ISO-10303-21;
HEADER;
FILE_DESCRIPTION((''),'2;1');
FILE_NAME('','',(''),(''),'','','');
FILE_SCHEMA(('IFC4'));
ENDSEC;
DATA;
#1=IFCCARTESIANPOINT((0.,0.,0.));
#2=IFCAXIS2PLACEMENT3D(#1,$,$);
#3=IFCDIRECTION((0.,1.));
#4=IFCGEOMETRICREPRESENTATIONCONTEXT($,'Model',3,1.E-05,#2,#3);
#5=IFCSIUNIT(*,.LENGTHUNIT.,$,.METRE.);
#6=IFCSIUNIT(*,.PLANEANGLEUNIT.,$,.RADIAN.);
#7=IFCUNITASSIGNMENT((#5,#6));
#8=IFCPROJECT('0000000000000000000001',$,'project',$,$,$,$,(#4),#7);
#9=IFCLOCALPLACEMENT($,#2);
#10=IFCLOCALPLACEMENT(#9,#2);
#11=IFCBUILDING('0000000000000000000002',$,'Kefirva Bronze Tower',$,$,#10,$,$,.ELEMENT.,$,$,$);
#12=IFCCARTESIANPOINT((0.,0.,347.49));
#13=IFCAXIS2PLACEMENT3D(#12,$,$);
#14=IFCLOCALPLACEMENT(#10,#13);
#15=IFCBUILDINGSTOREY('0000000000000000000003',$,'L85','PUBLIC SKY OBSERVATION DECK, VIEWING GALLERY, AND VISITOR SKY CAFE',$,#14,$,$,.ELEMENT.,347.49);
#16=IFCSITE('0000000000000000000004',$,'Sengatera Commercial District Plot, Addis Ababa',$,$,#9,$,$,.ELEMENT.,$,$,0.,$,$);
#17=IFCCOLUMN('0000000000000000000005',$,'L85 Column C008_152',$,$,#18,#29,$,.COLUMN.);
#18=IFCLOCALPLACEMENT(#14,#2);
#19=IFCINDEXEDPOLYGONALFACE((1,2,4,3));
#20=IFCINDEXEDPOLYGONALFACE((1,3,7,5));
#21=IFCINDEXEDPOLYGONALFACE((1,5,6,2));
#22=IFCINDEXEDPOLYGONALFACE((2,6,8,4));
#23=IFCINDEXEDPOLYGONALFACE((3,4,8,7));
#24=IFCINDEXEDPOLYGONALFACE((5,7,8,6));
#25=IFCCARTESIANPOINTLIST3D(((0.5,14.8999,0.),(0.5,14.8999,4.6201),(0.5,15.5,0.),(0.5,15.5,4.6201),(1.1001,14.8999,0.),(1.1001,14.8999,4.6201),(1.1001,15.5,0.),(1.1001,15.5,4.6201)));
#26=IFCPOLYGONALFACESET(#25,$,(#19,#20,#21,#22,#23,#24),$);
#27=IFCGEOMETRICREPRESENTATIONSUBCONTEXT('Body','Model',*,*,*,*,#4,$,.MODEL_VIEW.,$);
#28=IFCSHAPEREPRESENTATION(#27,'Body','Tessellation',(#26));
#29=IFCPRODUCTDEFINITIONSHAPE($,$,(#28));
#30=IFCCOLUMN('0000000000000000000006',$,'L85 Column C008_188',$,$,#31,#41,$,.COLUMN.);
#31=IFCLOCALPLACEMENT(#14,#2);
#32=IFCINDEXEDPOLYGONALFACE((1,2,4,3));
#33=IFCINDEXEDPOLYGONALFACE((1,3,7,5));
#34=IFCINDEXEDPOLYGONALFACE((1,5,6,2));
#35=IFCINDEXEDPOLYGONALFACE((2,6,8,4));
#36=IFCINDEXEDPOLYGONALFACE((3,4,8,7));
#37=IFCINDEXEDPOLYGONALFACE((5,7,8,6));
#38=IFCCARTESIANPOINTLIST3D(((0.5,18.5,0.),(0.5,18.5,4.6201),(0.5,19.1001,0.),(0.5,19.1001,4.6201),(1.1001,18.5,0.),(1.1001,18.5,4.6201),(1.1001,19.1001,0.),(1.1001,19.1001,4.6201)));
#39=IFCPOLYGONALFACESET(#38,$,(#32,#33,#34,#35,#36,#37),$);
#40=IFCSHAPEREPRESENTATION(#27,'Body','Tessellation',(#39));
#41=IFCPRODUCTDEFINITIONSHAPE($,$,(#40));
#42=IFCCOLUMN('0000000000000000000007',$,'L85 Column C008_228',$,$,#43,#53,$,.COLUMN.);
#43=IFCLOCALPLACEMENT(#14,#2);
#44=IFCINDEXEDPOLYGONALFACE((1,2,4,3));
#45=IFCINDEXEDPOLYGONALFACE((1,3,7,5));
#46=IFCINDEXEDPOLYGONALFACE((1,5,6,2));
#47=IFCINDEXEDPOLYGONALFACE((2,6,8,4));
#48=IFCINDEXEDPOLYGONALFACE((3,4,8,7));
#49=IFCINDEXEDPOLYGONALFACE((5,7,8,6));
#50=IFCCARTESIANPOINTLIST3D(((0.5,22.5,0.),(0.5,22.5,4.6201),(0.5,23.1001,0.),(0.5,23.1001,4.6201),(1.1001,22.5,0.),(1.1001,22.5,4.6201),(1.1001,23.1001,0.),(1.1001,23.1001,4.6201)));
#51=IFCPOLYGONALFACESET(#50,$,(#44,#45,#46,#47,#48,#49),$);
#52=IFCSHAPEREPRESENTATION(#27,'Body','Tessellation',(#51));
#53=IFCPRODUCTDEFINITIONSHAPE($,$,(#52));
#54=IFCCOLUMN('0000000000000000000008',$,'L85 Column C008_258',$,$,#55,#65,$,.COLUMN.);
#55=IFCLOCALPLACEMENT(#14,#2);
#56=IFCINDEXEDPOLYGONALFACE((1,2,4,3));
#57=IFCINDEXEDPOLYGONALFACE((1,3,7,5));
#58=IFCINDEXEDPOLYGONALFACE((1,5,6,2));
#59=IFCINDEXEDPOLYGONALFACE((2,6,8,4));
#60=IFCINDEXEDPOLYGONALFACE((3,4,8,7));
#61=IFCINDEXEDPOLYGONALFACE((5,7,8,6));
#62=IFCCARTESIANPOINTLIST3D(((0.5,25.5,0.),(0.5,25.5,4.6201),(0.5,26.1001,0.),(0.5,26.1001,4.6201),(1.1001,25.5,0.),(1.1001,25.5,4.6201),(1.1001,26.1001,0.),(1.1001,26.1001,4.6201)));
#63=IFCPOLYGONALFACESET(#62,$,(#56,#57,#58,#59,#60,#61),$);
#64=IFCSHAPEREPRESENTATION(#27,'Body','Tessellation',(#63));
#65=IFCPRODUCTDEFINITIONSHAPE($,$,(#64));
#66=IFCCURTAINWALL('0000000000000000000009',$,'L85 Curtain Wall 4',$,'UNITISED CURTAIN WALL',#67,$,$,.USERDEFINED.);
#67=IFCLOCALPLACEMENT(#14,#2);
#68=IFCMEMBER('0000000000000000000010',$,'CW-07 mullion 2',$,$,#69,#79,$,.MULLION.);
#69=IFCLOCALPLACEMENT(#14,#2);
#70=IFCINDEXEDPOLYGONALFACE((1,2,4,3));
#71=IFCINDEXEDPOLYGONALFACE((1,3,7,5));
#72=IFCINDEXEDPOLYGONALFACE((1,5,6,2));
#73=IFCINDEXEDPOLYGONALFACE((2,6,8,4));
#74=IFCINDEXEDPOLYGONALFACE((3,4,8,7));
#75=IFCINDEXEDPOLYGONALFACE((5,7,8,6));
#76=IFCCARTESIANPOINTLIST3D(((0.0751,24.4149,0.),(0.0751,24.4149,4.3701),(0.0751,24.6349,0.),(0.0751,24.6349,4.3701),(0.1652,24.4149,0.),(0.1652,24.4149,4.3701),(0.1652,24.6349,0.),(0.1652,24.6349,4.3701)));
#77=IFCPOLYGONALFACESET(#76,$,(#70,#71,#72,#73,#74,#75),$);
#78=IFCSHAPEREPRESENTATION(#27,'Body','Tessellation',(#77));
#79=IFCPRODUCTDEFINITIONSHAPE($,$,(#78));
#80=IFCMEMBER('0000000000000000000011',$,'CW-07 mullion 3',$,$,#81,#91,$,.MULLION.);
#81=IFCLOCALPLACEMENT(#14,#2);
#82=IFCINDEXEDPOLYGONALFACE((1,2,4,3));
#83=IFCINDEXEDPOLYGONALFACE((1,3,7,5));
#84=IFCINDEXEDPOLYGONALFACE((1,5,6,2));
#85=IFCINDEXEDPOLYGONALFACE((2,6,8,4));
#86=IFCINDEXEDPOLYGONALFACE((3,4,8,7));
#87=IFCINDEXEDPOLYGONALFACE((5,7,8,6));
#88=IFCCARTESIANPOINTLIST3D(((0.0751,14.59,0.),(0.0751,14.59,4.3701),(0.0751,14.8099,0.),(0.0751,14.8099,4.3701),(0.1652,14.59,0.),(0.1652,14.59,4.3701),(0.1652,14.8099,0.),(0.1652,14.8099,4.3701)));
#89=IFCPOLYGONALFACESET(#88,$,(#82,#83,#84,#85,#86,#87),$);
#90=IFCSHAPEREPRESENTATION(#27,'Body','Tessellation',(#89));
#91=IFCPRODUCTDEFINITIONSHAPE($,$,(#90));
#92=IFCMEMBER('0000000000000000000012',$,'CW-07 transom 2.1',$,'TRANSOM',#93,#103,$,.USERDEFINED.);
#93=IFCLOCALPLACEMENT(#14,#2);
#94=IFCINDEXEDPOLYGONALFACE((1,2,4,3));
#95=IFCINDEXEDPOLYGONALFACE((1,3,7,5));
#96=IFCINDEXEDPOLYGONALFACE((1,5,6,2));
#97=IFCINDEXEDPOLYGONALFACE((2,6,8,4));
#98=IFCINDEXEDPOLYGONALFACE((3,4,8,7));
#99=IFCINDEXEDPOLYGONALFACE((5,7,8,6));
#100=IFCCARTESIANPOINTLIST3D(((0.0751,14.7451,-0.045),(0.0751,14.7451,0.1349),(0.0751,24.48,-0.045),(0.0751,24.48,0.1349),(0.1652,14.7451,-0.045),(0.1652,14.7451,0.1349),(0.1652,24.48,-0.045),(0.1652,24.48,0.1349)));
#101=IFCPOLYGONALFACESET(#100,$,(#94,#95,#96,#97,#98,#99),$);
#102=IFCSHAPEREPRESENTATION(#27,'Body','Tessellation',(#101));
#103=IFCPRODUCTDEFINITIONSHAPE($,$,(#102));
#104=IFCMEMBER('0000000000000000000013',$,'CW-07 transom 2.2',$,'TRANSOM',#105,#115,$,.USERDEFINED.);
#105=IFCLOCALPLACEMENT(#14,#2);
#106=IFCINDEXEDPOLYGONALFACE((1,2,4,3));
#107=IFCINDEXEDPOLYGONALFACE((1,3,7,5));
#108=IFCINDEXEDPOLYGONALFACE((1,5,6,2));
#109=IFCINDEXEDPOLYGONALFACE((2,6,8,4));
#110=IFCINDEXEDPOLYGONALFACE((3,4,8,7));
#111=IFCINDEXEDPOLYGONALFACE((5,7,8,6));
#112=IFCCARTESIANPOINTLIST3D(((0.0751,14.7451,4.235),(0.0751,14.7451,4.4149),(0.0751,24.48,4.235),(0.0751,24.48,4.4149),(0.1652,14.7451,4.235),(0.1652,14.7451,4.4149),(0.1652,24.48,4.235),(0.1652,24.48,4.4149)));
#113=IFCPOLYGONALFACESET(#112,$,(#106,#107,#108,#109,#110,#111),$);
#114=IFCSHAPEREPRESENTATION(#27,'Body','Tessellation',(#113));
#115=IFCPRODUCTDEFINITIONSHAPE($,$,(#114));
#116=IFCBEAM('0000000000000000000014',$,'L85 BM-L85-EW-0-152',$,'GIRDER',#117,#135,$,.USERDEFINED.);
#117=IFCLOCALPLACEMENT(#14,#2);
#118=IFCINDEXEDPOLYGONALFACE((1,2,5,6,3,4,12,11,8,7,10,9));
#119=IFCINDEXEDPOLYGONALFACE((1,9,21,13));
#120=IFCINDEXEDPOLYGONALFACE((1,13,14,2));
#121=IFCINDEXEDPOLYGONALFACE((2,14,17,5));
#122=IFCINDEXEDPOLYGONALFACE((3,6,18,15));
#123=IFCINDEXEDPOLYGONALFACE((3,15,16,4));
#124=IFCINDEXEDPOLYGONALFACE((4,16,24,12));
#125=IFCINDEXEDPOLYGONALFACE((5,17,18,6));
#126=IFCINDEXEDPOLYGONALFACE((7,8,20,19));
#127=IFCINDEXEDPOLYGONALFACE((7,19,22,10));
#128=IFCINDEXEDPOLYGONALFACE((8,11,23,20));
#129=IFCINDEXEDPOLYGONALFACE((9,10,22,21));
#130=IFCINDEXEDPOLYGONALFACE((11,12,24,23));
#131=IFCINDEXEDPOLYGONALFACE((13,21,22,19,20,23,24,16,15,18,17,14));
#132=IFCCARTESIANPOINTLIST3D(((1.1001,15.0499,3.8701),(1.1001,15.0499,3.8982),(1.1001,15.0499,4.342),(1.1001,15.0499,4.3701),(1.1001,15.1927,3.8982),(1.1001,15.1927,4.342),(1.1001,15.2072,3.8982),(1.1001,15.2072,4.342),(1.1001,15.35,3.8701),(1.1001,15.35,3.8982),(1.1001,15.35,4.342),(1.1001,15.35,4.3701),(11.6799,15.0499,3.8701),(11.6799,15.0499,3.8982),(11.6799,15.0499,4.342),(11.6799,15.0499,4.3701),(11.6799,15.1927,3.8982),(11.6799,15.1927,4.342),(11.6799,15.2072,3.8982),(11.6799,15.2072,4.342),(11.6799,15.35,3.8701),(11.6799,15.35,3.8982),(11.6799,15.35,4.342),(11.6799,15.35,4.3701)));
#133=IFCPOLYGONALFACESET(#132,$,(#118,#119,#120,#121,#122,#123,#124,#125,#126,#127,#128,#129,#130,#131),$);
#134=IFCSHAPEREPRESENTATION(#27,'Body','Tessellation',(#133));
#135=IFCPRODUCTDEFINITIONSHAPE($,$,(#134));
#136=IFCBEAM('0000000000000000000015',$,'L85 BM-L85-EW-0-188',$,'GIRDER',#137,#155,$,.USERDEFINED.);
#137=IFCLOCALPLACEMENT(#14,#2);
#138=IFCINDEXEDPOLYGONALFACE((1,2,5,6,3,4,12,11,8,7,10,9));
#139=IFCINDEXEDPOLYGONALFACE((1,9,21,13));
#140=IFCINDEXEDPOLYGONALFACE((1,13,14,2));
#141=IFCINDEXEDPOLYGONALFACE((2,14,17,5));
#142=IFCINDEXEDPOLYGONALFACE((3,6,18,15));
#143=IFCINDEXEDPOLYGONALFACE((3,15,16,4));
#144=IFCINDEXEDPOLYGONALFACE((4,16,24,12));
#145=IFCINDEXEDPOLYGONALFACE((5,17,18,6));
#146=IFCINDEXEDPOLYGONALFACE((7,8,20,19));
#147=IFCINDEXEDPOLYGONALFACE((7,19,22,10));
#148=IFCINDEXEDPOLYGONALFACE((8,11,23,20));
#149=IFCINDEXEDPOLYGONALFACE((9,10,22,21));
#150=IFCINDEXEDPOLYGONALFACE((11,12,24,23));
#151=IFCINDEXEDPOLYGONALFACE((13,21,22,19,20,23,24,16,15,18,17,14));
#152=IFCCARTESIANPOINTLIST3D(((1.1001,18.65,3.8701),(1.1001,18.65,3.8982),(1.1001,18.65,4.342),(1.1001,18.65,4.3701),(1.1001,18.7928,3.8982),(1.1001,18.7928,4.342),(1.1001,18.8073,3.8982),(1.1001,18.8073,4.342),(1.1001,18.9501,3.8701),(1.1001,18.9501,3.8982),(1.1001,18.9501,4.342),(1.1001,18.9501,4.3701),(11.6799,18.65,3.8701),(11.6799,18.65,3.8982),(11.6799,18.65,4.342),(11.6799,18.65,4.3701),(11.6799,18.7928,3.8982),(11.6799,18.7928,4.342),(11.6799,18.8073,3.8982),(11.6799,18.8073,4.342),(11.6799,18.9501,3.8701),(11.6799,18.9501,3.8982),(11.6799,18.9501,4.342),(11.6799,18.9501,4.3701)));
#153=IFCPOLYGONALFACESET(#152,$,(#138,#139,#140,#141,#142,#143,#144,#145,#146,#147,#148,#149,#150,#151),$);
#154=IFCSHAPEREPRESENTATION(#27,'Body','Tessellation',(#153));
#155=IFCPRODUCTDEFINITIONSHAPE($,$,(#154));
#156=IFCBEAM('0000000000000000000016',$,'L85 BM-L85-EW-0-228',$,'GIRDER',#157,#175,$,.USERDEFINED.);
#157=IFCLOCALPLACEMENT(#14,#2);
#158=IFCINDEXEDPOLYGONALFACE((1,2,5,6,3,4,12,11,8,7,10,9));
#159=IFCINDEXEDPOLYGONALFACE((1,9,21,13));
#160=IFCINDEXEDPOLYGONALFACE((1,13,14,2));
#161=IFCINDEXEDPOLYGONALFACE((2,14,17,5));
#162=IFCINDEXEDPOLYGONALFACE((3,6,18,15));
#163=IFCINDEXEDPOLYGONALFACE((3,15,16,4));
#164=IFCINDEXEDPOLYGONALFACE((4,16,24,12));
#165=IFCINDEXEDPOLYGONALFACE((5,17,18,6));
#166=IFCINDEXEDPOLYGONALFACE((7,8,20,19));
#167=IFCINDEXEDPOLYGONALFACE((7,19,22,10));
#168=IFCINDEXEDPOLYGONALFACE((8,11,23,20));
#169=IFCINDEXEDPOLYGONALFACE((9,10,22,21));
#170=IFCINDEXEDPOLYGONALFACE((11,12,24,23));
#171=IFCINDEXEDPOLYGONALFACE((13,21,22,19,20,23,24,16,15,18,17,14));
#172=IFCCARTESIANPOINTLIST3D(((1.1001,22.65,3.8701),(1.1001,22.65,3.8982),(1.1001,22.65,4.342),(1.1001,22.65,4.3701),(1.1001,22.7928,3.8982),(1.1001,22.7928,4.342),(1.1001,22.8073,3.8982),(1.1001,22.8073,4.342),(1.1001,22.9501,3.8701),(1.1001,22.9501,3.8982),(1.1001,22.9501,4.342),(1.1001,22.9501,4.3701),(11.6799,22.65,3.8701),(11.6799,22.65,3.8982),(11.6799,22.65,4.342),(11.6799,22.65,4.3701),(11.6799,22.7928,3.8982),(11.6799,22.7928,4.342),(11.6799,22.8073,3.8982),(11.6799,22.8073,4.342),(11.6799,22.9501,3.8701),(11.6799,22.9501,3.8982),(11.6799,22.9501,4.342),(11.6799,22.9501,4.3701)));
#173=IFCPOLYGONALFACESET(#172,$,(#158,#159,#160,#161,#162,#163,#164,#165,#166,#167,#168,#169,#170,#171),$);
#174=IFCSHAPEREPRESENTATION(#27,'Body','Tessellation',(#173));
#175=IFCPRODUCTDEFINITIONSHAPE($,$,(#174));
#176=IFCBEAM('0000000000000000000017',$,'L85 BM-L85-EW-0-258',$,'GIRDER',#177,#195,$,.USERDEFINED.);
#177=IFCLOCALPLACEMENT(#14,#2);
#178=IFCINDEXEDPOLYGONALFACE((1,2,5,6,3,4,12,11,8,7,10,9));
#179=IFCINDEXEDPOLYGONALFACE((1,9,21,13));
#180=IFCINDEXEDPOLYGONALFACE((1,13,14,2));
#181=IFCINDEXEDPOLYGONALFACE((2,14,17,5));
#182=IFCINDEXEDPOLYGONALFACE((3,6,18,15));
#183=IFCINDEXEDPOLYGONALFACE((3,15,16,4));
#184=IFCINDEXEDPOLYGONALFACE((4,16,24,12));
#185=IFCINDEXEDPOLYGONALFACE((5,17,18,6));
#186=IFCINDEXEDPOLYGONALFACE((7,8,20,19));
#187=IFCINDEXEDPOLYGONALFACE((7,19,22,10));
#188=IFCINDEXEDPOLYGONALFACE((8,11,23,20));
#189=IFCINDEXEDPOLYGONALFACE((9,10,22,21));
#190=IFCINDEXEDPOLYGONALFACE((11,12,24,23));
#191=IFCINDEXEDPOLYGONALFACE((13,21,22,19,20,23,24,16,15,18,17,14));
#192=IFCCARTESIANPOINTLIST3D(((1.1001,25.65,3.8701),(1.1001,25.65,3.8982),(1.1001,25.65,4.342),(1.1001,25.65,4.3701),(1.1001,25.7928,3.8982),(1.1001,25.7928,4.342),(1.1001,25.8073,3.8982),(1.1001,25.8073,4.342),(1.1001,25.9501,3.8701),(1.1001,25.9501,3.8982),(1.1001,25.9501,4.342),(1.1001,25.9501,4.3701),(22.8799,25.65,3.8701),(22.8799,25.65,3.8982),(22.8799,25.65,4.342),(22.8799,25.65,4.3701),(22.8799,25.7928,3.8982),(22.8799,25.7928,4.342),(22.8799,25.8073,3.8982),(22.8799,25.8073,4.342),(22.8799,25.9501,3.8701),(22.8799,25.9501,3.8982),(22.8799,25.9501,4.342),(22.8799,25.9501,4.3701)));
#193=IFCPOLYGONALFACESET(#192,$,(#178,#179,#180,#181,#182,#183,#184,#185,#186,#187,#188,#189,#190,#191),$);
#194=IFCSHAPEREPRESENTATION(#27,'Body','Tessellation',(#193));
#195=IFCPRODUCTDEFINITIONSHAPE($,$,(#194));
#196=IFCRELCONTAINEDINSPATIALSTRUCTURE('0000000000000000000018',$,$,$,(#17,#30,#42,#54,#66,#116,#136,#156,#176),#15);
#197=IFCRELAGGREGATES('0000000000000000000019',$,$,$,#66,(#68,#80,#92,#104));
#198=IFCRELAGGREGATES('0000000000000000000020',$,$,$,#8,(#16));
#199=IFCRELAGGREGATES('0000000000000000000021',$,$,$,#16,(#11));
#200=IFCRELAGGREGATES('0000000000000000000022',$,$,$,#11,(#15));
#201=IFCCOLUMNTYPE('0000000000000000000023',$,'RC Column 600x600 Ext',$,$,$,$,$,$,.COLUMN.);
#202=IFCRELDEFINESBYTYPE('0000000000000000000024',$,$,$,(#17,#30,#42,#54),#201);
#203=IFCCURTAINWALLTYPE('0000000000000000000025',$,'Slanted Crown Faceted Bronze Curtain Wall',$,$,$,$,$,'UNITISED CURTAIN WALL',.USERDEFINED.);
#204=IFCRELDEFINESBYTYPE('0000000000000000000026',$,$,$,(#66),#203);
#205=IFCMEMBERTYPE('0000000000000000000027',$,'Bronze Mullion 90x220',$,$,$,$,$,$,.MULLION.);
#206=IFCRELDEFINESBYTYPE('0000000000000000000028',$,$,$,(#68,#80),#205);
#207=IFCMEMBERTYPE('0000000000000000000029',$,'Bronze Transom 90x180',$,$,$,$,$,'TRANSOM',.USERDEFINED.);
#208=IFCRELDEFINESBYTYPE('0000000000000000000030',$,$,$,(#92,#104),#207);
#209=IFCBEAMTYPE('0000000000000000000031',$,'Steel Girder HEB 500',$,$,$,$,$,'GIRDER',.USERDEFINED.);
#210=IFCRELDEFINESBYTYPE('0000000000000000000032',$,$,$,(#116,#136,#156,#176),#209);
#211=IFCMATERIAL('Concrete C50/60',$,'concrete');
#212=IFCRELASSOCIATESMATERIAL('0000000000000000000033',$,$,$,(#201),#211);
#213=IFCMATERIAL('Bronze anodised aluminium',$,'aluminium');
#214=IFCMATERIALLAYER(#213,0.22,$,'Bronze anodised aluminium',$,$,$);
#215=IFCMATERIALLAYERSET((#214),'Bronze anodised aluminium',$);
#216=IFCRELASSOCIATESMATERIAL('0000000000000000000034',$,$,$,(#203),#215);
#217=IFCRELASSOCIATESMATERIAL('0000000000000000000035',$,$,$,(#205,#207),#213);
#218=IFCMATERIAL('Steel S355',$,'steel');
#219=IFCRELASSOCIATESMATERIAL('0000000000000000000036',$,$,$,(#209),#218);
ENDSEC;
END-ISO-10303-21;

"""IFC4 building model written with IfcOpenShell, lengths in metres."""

from ifc_helpers import new_model, si_unit, direction, frame, origin, origin_2d, place, context, subcontext, project, spatial, rectangle, i_section, extrude, material, layer, layer_set, material_profile, profile_set, type_object, element, aggregate, save


model = new_model("IFC4")

# Units and contexts
model_context = context("Model", 3, precision=1e-05, world=origin(), true_north=direction((0.0, 1.0)))
body_context = subcontext(model_context, "Body", "Model", "MODEL_VIEW")
ifc_project = project(units=[si_unit("LENGTHUNIT", "METRE"), si_unit("PLANEANGLEUNIT", "RADIAN")], contexts=[model_context])

# Site, building, storey
site_placement = place(None, origin())
site = spatial("IfcSite", under=ifc_project, at=site_placement, Name="Sengatera Commercial District Plot, Addis Ababa", CompositionType="ELEMENT", RefElevation=0.0)
building_placement = place(site_placement, origin())
building = spatial("IfcBuilding", under=site, at=building_placement, Name="Kefirva Bronze Tower", CompositionType="ELEMENT")
storey_placement = place(building_placement, frame((0.0, 0.0, 347.49)))
storey = spatial("IfcBuildingStorey", under=building, at=storey_placement, Name="L85", Description="PUBLIC SKY OBSERVATION DECK, VIEWING GALLERY, AND VISITOR SKY CAFE", CompositionType="ELEMENT", Elevation=347.49)

# Columns
ifc_material_1 = material(Name="Concrete C50/60", Category="concrete")
ifc_material_profile_1 = material_profile(ifc_material_1, rectangle(XDim=0.6001, YDim=0.6001, at=origin_2d()), Name="RC 600x600")
ifc_profile_set_1 = profile_set([ifc_material_profile_1], Name="Concrete C50/60")
column_type = type_object("IfcColumnType", Name="RC Column 600x600 Ext", PredefinedType="COLUMN", material=ifc_profile_set_1)
for number, where, z_axis, x_axis, name in (
    (1, (0.8, 15.2, 0.0), (0.0, 0.0, 1.0), (1.0, 0.0, 0.0), "L85 Column C008_152"),
    (2, (0.8, 18.8, 0.0), (0.0, 0.0, 1.0), (1.0, 0.0, 0.0), "L85 Column C008_188"),
    (3, (0.8, 22.8, 0.0), (0.0, 0.0, 1.0), (1.0, 0.0, 0.0), "L85 Column C008_228"),
    (4, (0.8, 25.8, 0.0), (0.0, 0.0, 1.0), (1.0, 0.0, 0.0), "L85 Column C008_258"),
):
    element("IfcColumn", number, at=place(storey_placement, frame(where, z_axis=z_axis, x_axis=x_axis)), inside=storey, type_object=column_type, Name=name, PredefinedType="COLUMN", context=body_context, shape_type="SweptSolid", body=[
        extrude(rectangle(XDim=0.6001, YDim=0.6001, at=origin_2d()), origin(), (0.0, 0.0, 1.0), 4.6201),
    ])

# Curtain wall, members
ifc_material_2 = material(Name="Bronze anodised aluminium", Category="aluminium")
ifc_layer_1 = layer(ifc_material_2, 0.22, Name="Bronze anodised aluminium")
ifc_layer_set_1 = layer_set([ifc_layer_1], Name="Bronze anodised aluminium")
curtain_wall_type = type_object("IfcCurtainWallType", Name="Slanted Crown Faceted Bronze Curtain Wall", ElementType="UNITISED CURTAIN WALL", PredefinedType="USERDEFINED", material=ifc_layer_set_1)
curtain_wall_placement = place(storey_placement, origin())
curtain_wall = element("IfcCurtainWall", 5, at=curtain_wall_placement, inside=storey, type_object=curtain_wall_type, Name="L85 Curtain Wall 4", ObjectType="UNITISED CURTAIN WALL", PredefinedType="USERDEFINED")
ifc_material_profile_2 = material_profile(ifc_material_2, rectangle(XDim=0.0901, YDim=0.22, at=origin_2d()), Name="ALU 90x220")
ifc_profile_set_2 = profile_set([ifc_material_profile_2], Name="Bronze anodised aluminium")
member_type_1 = type_object("IfcMemberType", Name="Bronze Mullion 90x220", PredefinedType="MULLION", material=ifc_profile_set_2)
member_1_placement = place(storey_placement, frame((0.1201, 24.5249, 0.0), z_axis=(0.0, 0.0, 1.0), x_axis=(1.0, 0.0, 0.0)))
member_1 = element("IfcMember", 6, at=member_1_placement, type_object=member_type_1, Name="CW-07 mullion 2", PredefinedType="MULLION", context=body_context, shape_type="SweptSolid", body=[
    extrude(rectangle(XDim=0.0901, YDim=0.22, at=origin_2d()), origin(), (0.0, 0.0, 1.0), 4.3701),
])
member_2_placement = place(storey_placement, frame((0.1201, 14.7, 0.0), z_axis=(0.0, 0.0, 1.0), x_axis=(1.0, 0.0, 0.0)))
member_2 = element("IfcMember", 7, at=member_2_placement, type_object=member_type_1, Name="CW-07 mullion 3", PredefinedType="MULLION", context=body_context, shape_type="SweptSolid", body=[
    extrude(rectangle(XDim=0.0901, YDim=0.22, at=origin_2d()), origin(), (0.0, 0.0, 1.0), 4.3701),
])
ifc_material_profile_3 = material_profile(ifc_material_2, rectangle(XDim=0.0901, YDim=0.1799, at=origin_2d()), Name="ALU 90x180")
ifc_profile_set_3 = profile_set([ifc_material_profile_3], Name="Bronze anodised aluminium")
member_type_2 = type_object("IfcMemberType", Name="Bronze Transom 90x180", ElementType="TRANSOM", PredefinedType="USERDEFINED", material=ifc_profile_set_3)
member_3_placement = place(storey_placement, frame((0.1201, 24.48, 0.0449), z_axis=(0.0, -1.0, 0.0), x_axis=(1.0, 0.0, 0.0)))
member_3 = element("IfcMember", 8, at=member_3_placement, type_object=member_type_2, Name="CW-07 transom 2.1", ObjectType="TRANSOM", PredefinedType="USERDEFINED", context=body_context, shape_type="SweptSolid", body=[
    extrude(rectangle(XDim=0.0901, YDim=0.1799, at=origin_2d()), origin(), (0.0, 0.0, 1.0), 9.7349),
])
member_4_placement = place(storey_placement, frame((0.1201, 24.48, 4.325), z_axis=(0.0, -1.0, 0.0), x_axis=(1.0, 0.0, 0.0)))
member_4 = element("IfcMember", 9, at=member_4_placement, type_object=member_type_2, Name="CW-07 transom 2.2", ObjectType="TRANSOM", PredefinedType="USERDEFINED", context=body_context, shape_type="SweptSolid", body=[
    extrude(rectangle(XDim=0.0901, YDim=0.1799, at=origin_2d()), origin(), (0.0, 0.0, 1.0), 9.7349),
])

# Beams
ifc_material_3 = material(Name="Steel S355", Category="steel")
ifc_material_profile_4 = material_profile(ifc_material_3, i_section(OverallWidth=0.3, OverallDepth=0.5, WebThickness=0.0144, FlangeThickness=0.0281, at=origin_2d()), Name="HEB 500")
ifc_profile_set_4 = profile_set([ifc_material_profile_4], Name="Steel S355")
beam_type_1 = type_object("IfcBeamType", Name="Steel Girder HEB 500", ElementType="GIRDER", PredefinedType="USERDEFINED", material=ifc_profile_set_4)
for number, where, z_axis, x_axis, name in (
    (10, (1.1001, 15.2, 4.1201), (1.0, 0.0, 0.0), (0.0, 1.0, 0.0), "L85 BM-L85-EW-0-152"),
    (11, (1.1001, 18.8, 4.1201), (1.0, 0.0, 0.0), (0.0, 1.0, 0.0), "L85 BM-L85-EW-0-188"),
    (12, (1.1001, 22.8, 4.1201), (1.0, 0.0, 0.0), (0.0, 1.0, 0.0), "L85 BM-L85-EW-0-228"),
):
    element("IfcBeam", number, at=place(storey_placement, frame(where, z_axis=z_axis, x_axis=x_axis)), inside=storey, type_object=beam_type_1, Name=name, ObjectType="GIRDER", PredefinedType="USERDEFINED", context=body_context, shape_type="SweptSolid", body=[
        extrude(i_section(OverallWidth=0.3, OverallDepth=0.5, WebThickness=0.0144, FlangeThickness=0.0281, at=origin_2d()), origin(), (0.0, 0.0, 1.0), 10.5798),
    ])
beam_1_placement = place(storey_placement, frame((1.1001, 25.8, 4.1201), z_axis=(1.0, 0.0, 0.0), x_axis=(0.0, 1.0, 0.0)))
element("IfcBeam", 13, at=beam_1_placement, inside=storey, type_object=beam_type_1, Name="L85 BM-L85-EW-0-258", ObjectType="GIRDER", PredefinedType="USERDEFINED", context=body_context, shape_type="SweptSolid", body=[
    extrude(i_section(OverallWidth=0.3, OverallDepth=0.5, WebThickness=0.0144, FlangeThickness=0.0281, at=origin_2d()), origin(), (0.0, 0.0, 1.0), 21.7798),
])

aggregate(curtain_wall, [member_1, member_2, member_3, member_4])

save(model, "model.ifc")
